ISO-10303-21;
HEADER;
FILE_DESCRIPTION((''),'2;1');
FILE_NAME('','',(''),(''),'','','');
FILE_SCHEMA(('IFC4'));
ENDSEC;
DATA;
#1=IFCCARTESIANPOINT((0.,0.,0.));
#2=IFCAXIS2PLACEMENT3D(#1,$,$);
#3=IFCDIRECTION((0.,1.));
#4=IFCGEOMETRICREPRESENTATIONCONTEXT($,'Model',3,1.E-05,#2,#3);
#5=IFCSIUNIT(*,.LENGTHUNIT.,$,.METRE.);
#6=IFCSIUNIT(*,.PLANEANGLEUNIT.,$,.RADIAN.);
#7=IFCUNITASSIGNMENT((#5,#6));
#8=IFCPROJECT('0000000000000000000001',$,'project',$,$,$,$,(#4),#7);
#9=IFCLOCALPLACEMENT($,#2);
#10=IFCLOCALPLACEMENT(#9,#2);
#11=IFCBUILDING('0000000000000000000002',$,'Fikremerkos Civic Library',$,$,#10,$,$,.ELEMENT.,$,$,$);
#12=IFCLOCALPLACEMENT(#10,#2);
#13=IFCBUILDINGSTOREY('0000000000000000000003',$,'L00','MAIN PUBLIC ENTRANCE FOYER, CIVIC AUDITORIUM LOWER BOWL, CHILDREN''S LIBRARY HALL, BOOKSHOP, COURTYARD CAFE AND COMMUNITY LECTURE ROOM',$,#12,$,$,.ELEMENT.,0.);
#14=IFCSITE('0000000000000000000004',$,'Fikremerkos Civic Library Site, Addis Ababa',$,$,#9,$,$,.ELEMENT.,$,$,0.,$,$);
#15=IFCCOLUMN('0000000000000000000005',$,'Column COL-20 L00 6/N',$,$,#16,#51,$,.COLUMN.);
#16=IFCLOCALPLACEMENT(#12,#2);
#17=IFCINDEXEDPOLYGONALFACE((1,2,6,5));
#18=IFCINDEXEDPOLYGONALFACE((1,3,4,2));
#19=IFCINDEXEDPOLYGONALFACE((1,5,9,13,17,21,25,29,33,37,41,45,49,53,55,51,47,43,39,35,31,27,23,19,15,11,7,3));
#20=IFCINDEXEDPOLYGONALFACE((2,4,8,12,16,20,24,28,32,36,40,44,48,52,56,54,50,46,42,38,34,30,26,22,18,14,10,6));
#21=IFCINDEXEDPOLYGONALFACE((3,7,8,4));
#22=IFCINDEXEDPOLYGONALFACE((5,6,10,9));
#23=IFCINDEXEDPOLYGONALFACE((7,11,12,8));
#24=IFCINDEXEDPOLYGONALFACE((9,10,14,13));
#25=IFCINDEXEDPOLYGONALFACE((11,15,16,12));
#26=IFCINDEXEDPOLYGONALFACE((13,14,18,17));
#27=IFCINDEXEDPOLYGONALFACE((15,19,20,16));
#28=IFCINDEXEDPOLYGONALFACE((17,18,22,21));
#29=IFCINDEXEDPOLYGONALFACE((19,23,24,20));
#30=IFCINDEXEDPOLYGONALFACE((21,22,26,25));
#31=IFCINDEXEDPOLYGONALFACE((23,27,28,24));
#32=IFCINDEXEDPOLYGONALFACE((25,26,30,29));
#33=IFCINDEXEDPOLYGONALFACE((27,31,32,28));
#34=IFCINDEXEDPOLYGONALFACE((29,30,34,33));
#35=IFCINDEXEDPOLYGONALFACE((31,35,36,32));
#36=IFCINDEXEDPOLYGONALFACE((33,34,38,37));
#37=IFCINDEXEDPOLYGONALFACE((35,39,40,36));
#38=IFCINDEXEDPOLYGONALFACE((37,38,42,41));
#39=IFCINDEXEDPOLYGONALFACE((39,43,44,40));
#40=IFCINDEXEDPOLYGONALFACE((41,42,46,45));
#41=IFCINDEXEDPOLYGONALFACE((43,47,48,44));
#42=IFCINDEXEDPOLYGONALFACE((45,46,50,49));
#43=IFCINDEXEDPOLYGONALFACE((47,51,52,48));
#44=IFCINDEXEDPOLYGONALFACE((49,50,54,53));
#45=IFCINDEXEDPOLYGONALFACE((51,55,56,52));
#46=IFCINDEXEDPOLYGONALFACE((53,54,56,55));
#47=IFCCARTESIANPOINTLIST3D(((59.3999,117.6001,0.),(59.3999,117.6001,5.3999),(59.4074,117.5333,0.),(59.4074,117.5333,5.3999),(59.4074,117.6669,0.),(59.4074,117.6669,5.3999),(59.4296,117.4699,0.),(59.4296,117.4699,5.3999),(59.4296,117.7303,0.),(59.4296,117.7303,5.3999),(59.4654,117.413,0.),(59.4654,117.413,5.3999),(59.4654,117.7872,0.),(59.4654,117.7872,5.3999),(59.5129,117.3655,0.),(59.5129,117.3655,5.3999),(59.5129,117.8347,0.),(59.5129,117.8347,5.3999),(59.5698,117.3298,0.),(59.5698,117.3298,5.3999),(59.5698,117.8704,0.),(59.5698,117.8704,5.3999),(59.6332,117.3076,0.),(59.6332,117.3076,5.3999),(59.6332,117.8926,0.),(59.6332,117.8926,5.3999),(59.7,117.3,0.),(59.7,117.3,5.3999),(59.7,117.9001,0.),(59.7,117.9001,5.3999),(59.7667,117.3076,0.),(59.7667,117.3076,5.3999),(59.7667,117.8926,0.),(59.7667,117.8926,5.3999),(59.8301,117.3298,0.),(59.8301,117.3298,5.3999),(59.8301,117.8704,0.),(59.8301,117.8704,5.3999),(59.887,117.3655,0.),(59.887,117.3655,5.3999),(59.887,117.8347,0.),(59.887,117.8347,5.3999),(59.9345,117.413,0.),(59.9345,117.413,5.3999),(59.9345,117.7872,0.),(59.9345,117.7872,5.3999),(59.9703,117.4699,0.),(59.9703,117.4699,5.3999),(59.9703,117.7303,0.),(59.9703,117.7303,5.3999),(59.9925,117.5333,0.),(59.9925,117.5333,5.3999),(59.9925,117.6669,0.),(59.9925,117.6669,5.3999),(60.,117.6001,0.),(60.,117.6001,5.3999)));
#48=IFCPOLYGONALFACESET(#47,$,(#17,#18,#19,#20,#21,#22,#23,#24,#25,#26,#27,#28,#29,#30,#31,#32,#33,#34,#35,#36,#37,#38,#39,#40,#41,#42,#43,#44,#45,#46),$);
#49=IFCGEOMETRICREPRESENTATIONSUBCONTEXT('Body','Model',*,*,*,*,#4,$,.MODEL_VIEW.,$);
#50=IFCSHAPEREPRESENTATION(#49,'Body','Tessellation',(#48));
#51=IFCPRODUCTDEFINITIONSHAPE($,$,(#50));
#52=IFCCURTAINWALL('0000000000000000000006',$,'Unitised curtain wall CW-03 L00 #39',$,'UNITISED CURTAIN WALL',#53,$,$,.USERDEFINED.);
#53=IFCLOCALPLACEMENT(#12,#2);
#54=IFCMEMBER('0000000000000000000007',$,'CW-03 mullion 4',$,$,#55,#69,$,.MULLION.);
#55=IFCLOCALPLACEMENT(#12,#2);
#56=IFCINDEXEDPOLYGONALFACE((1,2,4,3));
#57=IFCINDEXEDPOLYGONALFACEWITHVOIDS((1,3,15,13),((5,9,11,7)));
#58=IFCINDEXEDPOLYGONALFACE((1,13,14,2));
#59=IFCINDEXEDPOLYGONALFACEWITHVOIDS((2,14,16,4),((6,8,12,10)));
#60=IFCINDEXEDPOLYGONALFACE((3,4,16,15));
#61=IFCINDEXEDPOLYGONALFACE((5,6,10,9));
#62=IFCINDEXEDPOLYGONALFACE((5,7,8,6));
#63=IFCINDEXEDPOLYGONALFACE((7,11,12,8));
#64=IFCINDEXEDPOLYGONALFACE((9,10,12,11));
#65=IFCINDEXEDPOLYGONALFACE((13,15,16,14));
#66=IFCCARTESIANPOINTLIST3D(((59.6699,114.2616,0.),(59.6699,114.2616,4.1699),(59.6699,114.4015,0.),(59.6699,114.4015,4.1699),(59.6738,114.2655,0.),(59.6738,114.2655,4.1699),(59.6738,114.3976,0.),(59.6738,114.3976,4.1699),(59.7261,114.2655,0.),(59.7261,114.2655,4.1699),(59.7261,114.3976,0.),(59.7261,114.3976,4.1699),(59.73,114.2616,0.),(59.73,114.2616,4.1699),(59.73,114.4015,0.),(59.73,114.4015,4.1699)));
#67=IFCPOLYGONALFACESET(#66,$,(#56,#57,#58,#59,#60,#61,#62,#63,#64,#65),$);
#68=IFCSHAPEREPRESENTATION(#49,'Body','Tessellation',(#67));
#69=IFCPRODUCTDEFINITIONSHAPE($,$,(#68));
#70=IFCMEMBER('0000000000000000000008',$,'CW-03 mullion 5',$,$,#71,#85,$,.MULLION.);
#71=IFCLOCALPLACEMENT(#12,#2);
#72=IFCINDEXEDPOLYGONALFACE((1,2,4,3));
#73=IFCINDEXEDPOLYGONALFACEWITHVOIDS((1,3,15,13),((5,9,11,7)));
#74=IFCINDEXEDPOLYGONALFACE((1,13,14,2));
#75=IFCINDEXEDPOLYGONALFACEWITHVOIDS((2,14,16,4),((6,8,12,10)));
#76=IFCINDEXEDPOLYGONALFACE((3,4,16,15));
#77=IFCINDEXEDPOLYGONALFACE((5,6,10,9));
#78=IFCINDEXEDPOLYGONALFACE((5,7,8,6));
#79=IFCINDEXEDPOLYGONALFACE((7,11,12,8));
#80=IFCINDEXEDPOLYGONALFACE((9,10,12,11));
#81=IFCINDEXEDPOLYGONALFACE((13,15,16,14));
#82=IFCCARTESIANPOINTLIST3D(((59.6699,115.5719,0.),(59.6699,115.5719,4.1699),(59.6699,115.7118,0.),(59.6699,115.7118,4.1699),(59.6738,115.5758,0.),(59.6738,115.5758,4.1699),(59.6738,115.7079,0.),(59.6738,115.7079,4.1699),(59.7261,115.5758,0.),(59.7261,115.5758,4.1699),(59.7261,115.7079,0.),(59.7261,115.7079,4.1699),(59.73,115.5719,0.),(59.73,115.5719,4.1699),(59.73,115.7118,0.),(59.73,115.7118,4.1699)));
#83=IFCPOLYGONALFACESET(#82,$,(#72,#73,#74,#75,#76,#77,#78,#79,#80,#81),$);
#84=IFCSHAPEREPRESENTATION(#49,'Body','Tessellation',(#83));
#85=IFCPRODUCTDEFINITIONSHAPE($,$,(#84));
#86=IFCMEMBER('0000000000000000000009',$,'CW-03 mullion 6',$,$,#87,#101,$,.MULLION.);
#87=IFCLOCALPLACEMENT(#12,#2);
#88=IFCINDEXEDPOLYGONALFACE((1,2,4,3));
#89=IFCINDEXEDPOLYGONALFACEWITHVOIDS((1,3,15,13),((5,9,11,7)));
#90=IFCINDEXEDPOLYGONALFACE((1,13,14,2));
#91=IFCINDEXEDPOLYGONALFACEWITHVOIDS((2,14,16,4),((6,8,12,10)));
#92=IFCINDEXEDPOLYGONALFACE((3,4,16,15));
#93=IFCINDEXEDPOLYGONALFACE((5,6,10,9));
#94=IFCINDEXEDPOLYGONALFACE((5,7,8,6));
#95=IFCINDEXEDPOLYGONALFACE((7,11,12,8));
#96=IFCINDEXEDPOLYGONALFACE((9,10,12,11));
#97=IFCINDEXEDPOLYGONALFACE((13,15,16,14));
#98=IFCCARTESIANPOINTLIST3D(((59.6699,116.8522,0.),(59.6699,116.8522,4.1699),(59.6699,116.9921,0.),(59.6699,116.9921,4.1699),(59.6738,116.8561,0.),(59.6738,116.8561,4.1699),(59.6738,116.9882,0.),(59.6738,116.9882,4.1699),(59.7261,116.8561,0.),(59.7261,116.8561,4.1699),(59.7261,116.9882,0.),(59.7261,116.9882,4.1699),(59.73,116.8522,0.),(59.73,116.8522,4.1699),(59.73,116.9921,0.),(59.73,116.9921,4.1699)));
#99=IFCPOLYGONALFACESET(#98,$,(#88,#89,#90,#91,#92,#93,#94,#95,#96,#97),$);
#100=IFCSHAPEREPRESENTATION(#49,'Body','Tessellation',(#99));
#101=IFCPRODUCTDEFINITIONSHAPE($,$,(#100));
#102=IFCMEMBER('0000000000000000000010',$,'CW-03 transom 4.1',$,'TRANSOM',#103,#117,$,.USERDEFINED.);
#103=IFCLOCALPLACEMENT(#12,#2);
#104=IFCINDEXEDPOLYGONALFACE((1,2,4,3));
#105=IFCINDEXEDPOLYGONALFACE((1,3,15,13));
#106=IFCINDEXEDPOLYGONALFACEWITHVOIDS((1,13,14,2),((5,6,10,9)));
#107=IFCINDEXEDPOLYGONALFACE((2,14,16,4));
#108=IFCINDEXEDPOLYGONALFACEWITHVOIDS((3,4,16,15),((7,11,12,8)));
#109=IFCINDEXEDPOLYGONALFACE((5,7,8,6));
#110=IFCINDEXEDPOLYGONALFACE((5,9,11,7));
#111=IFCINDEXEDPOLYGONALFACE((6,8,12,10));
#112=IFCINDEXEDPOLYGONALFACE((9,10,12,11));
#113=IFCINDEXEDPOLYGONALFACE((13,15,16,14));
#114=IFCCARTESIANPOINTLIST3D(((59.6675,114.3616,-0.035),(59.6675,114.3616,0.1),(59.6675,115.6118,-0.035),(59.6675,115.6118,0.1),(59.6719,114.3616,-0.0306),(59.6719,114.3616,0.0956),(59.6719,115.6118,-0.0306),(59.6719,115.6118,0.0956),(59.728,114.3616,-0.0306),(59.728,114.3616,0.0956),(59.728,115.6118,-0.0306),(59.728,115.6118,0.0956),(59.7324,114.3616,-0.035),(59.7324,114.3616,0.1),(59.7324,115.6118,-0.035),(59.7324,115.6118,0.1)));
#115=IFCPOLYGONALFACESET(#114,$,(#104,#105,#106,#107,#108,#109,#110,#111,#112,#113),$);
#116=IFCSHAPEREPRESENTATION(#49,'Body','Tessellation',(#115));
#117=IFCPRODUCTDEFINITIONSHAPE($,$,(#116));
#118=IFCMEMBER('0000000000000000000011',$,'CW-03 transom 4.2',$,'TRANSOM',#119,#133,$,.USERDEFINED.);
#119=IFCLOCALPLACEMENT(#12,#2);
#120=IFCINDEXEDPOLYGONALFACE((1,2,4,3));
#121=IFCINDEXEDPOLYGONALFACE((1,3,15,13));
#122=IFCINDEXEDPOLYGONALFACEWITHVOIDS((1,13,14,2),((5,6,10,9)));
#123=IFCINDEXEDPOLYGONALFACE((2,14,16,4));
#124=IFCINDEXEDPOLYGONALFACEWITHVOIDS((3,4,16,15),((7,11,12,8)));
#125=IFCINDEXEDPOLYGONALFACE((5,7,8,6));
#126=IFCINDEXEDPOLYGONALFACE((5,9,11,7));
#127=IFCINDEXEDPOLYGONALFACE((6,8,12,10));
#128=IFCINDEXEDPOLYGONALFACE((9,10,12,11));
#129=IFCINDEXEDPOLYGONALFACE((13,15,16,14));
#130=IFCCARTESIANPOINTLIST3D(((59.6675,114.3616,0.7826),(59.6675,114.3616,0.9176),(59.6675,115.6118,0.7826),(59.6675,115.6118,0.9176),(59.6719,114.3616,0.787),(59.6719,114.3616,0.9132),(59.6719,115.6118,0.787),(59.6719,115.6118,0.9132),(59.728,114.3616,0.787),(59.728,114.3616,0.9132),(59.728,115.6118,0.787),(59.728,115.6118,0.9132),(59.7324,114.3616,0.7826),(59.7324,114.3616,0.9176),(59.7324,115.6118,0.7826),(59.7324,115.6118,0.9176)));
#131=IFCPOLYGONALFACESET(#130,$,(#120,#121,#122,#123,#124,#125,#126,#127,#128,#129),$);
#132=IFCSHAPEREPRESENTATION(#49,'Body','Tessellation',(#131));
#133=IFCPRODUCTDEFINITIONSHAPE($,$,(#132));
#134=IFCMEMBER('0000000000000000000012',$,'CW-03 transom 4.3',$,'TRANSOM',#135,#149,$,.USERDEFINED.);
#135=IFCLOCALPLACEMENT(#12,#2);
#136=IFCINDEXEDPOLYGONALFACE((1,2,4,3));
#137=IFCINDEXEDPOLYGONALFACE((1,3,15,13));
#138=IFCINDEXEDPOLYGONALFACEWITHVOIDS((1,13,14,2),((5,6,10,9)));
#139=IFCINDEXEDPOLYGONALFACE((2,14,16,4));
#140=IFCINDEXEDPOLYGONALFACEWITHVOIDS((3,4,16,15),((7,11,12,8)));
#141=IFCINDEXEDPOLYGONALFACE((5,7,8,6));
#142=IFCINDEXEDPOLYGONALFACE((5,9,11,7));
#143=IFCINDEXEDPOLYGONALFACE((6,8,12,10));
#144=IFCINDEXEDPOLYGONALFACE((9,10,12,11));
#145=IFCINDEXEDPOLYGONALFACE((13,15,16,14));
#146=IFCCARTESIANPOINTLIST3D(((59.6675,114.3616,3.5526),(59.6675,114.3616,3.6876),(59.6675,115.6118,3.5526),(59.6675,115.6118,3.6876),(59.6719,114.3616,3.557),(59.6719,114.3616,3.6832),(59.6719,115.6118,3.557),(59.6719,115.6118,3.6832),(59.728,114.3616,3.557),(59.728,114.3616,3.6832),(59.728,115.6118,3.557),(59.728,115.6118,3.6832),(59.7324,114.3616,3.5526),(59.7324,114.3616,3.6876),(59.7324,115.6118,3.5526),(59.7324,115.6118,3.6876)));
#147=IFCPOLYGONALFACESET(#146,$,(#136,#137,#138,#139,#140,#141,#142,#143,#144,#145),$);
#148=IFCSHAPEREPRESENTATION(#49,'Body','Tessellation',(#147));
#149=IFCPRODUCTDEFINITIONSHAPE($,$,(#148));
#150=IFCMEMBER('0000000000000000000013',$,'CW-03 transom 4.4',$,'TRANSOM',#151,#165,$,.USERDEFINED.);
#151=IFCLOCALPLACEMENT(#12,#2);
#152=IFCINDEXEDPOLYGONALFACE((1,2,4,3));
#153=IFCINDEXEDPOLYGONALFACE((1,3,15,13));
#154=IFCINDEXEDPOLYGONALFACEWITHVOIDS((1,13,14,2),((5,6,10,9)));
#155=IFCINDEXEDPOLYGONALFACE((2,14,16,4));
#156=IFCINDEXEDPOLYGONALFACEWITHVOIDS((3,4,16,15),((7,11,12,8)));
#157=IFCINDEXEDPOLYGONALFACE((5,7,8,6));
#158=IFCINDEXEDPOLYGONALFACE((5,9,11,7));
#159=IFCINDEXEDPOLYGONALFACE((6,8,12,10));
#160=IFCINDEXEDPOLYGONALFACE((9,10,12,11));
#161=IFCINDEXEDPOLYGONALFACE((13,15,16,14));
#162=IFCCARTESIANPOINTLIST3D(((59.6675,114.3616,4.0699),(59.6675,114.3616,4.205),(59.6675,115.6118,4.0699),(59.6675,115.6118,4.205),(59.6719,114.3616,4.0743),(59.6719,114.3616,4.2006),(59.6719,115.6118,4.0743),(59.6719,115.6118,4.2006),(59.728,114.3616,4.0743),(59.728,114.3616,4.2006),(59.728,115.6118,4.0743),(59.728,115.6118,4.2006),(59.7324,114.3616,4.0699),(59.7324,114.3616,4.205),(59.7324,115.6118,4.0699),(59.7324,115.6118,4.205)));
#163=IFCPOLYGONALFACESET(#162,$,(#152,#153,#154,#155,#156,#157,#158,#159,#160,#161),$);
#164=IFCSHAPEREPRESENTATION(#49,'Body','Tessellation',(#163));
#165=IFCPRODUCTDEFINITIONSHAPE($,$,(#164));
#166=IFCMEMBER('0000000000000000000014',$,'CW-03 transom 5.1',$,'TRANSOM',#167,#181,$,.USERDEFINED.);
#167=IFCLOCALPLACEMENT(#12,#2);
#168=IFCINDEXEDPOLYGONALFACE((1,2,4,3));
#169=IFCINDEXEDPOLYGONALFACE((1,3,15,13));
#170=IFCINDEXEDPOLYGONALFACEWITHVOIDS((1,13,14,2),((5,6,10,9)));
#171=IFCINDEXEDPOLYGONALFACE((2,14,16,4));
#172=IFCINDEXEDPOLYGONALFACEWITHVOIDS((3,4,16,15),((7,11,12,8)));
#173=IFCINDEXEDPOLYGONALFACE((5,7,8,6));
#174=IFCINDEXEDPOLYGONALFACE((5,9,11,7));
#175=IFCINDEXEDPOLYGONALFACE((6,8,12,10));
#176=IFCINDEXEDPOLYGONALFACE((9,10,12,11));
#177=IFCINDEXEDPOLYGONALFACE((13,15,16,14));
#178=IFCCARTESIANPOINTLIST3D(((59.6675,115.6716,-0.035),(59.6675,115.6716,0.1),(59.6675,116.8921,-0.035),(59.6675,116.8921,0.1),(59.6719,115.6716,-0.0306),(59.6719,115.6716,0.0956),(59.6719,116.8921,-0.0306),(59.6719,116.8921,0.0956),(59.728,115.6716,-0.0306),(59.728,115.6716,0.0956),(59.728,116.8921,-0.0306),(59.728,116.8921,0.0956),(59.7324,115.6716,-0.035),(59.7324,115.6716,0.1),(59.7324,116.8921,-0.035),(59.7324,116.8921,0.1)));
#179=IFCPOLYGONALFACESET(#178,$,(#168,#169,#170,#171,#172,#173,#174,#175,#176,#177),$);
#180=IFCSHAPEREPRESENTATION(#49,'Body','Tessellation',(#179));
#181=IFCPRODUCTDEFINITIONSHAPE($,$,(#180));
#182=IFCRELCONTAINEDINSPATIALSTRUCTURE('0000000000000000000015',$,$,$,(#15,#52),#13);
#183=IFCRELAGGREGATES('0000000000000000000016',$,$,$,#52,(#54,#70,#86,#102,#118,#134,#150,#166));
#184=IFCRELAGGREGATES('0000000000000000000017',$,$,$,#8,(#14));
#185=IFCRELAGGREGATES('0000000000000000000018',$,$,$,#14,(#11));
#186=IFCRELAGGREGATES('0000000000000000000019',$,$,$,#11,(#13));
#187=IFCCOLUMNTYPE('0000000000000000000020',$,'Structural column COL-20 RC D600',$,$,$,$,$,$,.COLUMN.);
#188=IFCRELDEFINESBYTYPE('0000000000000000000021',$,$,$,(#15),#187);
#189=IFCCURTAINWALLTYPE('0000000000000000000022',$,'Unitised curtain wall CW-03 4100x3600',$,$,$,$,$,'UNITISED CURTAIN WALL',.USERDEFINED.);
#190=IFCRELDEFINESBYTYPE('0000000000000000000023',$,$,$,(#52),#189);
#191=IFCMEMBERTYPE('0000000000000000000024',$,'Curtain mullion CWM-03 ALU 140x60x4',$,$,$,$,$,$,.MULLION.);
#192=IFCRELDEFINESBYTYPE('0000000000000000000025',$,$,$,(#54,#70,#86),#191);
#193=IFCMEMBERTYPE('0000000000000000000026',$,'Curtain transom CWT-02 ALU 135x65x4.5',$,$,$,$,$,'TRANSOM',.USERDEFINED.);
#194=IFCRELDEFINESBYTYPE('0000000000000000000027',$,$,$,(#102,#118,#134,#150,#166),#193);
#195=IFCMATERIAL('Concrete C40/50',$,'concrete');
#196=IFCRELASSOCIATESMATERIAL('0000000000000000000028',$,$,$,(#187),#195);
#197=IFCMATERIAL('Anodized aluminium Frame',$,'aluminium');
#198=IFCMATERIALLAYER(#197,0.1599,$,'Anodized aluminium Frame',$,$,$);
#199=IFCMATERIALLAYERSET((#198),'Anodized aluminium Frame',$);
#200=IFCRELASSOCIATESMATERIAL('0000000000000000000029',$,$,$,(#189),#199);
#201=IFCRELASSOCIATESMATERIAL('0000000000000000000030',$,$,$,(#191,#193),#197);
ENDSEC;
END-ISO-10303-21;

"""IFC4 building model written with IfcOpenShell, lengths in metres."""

from ifc_helpers import new_model, si_unit, direction, frame, origin, origin_2d, place, context, subcontext, project, spatial, hollow_rectangle, circle, extrude, material, layer, layer_set, material_profile, profile_set, type_object, element, aggregate, save


model = new_model("IFC4")

# Units and contexts
model_context = context("Model", 3, precision=1e-05, world=origin(), true_north=direction((0.0, 1.0)))
body_context = subcontext(model_context, "Body", "Model", "MODEL_VIEW")
ifc_project = project(units=[si_unit("LENGTHUNIT", "METRE"), si_unit("PLANEANGLEUNIT", "RADIAN")], contexts=[model_context])

# Site, building, storey
site_placement = place(None, origin())
site = spatial("IfcSite", under=ifc_project, at=site_placement, Name="Fikremerkos Civic Library Site, Addis Ababa", CompositionType="ELEMENT", RefElevation=0.0)
building_placement = place(site_placement, origin())
building = spatial("IfcBuilding", under=site, at=building_placement, Name="Fikremerkos Civic Library", CompositionType="ELEMENT")
storey_placement = place(building_placement, origin())
storey = spatial("IfcBuildingStorey", under=building, at=storey_placement, Name="L00", Description="MAIN PUBLIC ENTRANCE FOYER, CIVIC AUDITORIUM LOWER BOWL, CHILDREN'S LIBRARY HALL, BOOKSHOP, COURTYARD CAFE AND COMMUNITY LECTURE ROOM", CompositionType="ELEMENT", Elevation=0.0)

# Column
ifc_material_1 = material(Name="Concrete C40/50", Category="concrete")
ifc_material_profile_1 = material_profile(ifc_material_1, circle(Radius=0.3, at=origin_2d()), Name="RC D600")
ifc_profile_set_1 = profile_set([ifc_material_profile_1], Name="Concrete C40/50")
column_type = type_object("IfcColumnType", Name="Structural column COL-20 RC D600", PredefinedType="COLUMN", material=ifc_profile_set_1)
column_placement = place(storey_placement, frame((59.7, 117.6001, 0.0), z_axis=(0.0, 0.0, 1.0), x_axis=(1.0, 0.0, 0.0)))
element("IfcColumn", 1, at=column_placement, inside=storey, type_object=column_type, Name="Column COL-20 L00 6/N", PredefinedType="COLUMN", context=body_context, shape_type="SweptSolid", body=[
    extrude(circle(Radius=0.3, at=origin_2d()), origin(), (0.0, 0.0, 1.0), 5.3999),
])

# Curtain wall, members
ifc_material_2 = material(Name="Anodized aluminium Frame", Category="aluminium")
ifc_layer_1 = layer(ifc_material_2, 0.1599, Name="Anodized aluminium Frame")
ifc_layer_set_1 = layer_set([ifc_layer_1], Name="Anodized aluminium Frame")
curtain_wall_type = type_object("IfcCurtainWallType", Name="Unitised curtain wall CW-03 4100x3600", ElementType="UNITISED CURTAIN WALL", PredefinedType="USERDEFINED", material=ifc_layer_set_1)
curtain_wall_placement = place(storey_placement, origin())
curtain_wall = element("IfcCurtainWall", 2, at=curtain_wall_placement, inside=storey, type_object=curtain_wall_type, Name="Unitised curtain wall CW-03 L00 #39", ObjectType="UNITISED CURTAIN WALL", PredefinedType="USERDEFINED")
ifc_material_profile_2 = material_profile(ifc_material_2, hollow_rectangle(XDim=0.0601, YDim=0.1399, WallThickness=0.0039, at=origin_2d()), Name="ALU 140x60x4")
ifc_profile_set_2 = profile_set([ifc_material_profile_2], Name="Anodized aluminium Frame")
member_type_1 = type_object("IfcMemberType", Name="Curtain mullion CWM-03 ALU 140x60x4", PredefinedType="MULLION", material=ifc_profile_set_2)
member_1_placement = place(storey_placement, frame((59.7, 114.3315, 0.0), z_axis=(0.0, 0.0, 1.0), x_axis=(-1.0, 0.0, 0.0)))
member_1 = element("IfcMember", 3, at=member_1_placement, type_object=member_type_1, Name="CW-03 mullion 4", PredefinedType="MULLION", context=body_context, shape_type="SweptSolid", body=[
    extrude(hollow_rectangle(XDim=0.0601, YDim=0.1399, WallThickness=0.0039, at=origin_2d()), origin(), (0.0, 0.0, 1.0), 4.1699),
])
member_2_placement = place(storey_placement, frame((59.7, 115.6418, 0.0), z_axis=(0.0, 0.0, 1.0), x_axis=(-1.0, 0.0, 0.0)))
member_2 = element("IfcMember", 4, at=member_2_placement, type_object=member_type_1, Name="CW-03 mullion 5", PredefinedType="MULLION", context=body_context, shape_type="SweptSolid", body=[
    extrude(hollow_rectangle(XDim=0.0601, YDim=0.1399, WallThickness=0.0039, at=origin_2d()), origin(), (0.0, 0.0, 1.0), 4.1699),
])
member_3_placement = place(storey_placement, frame((59.7, 116.9221, 0.0), z_axis=(0.0, 0.0, 1.0), x_axis=(-1.0, 0.0, 0.0)))
member_3 = element("IfcMember", 5, at=member_3_placement, type_object=member_type_1, Name="CW-03 mullion 6", PredefinedType="MULLION", context=body_context, shape_type="SweptSolid", body=[
    extrude(hollow_rectangle(XDim=0.0601, YDim=0.1399, WallThickness=0.0039, at=origin_2d()), origin(), (0.0, 0.0, 1.0), 4.1699),
])
ifc_material_profile_3 = material_profile(ifc_material_2, hollow_rectangle(XDim=0.0649, YDim=0.135, WallThickness=0.0044, at=origin_2d()), Name="ALU 135x65x4.5")
ifc_profile_set_3 = profile_set([ifc_material_profile_3], Name="Anodized aluminium Frame")
member_type_2 = type_object("IfcMemberType", Name="Curtain transom CWT-02 ALU 135x65x4.5", ElementType="TRANSOM", PredefinedType="USERDEFINED", material=ifc_profile_set_3)
member_4_placement = place(storey_placement, frame((59.7, 114.3616, 0.0325), z_axis=(0.0, 1.0, 0.0), x_axis=(-1.0, 0.0, 0.0)))
member_4 = element("IfcMember", 6, at=member_4_placement, type_object=member_type_2, Name="CW-03 transom 4.1", ObjectType="TRANSOM", PredefinedType="USERDEFINED", context=body_context, shape_type="SweptSolid", body=[
    extrude(hollow_rectangle(XDim=0.0649, YDim=0.135, WallThickness=0.0044, at=origin_2d()), origin(), (0.0, 0.0, 1.0), 1.2502),
])
member_5_placement = place(storey_placement, frame((59.7, 114.3616, 0.8501), z_axis=(0.0, 1.0, 0.0), x_axis=(-1.0, 0.0, 0.0)))
member_5 = element("IfcMember", 7, at=member_5_placement, type_object=member_type_2, Name="CW-03 transom 4.2", ObjectType="TRANSOM", PredefinedType="USERDEFINED", context=body_context, shape_type="SweptSolid", body=[
    extrude(hollow_rectangle(XDim=0.0649, YDim=0.135, WallThickness=0.0044, at=origin_2d()), origin(), (0.0, 0.0, 1.0), 1.2502),
])
member_6_placement = place(storey_placement, frame((59.7, 114.3616, 3.6201), z_axis=(0.0, 1.0, 0.0), x_axis=(-1.0, 0.0, 0.0)))
member_6 = element("IfcMember", 8, at=member_6_placement, type_object=member_type_2, Name="CW-03 transom 4.3", ObjectType="TRANSOM", PredefinedType="USERDEFINED", context=body_context, shape_type="SweptSolid", body=[
    extrude(hollow_rectangle(XDim=0.0649, YDim=0.135, WallThickness=0.0044, at=origin_2d()), origin(), (0.0, 0.0, 1.0), 1.2502),
])
member_7_placement = place(storey_placement, frame((59.7, 114.3616, 4.1375), z_axis=(0.0, 1.0, 0.0), x_axis=(-1.0, 0.0, 0.0)))
member_7 = element("IfcMember", 9, at=member_7_placement, type_object=member_type_2, Name="CW-03 transom 4.4", ObjectType="TRANSOM", PredefinedType="USERDEFINED", context=body_context, shape_type="SweptSolid", body=[
    extrude(hollow_rectangle(XDim=0.0649, YDim=0.135, WallThickness=0.0044, at=origin_2d()), origin(), (0.0, 0.0, 1.0), 1.2502),
])
member_8_placement = place(storey_placement, frame((59.7, 115.6716, 0.0325), z_axis=(0.0, 1.0, 0.0), x_axis=(-1.0, 0.0, 0.0)))
member_8 = element("IfcMember", 10, at=member_8_placement, type_object=member_type_2, Name="CW-03 transom 5.1", ObjectType="TRANSOM", PredefinedType="USERDEFINED", context=body_context, shape_type="SweptSolid", body=[
    extrude(hollow_rectangle(XDim=0.0649, YDim=0.135, WallThickness=0.0044, at=origin_2d()), origin(), (0.0, 0.0, 1.0), 1.2205),
])

aggregate(curtain_wall, [member_1, member_2, member_3, member_4, member_5, member_6, member_7, member_8])

save(model, "model.ifc")
